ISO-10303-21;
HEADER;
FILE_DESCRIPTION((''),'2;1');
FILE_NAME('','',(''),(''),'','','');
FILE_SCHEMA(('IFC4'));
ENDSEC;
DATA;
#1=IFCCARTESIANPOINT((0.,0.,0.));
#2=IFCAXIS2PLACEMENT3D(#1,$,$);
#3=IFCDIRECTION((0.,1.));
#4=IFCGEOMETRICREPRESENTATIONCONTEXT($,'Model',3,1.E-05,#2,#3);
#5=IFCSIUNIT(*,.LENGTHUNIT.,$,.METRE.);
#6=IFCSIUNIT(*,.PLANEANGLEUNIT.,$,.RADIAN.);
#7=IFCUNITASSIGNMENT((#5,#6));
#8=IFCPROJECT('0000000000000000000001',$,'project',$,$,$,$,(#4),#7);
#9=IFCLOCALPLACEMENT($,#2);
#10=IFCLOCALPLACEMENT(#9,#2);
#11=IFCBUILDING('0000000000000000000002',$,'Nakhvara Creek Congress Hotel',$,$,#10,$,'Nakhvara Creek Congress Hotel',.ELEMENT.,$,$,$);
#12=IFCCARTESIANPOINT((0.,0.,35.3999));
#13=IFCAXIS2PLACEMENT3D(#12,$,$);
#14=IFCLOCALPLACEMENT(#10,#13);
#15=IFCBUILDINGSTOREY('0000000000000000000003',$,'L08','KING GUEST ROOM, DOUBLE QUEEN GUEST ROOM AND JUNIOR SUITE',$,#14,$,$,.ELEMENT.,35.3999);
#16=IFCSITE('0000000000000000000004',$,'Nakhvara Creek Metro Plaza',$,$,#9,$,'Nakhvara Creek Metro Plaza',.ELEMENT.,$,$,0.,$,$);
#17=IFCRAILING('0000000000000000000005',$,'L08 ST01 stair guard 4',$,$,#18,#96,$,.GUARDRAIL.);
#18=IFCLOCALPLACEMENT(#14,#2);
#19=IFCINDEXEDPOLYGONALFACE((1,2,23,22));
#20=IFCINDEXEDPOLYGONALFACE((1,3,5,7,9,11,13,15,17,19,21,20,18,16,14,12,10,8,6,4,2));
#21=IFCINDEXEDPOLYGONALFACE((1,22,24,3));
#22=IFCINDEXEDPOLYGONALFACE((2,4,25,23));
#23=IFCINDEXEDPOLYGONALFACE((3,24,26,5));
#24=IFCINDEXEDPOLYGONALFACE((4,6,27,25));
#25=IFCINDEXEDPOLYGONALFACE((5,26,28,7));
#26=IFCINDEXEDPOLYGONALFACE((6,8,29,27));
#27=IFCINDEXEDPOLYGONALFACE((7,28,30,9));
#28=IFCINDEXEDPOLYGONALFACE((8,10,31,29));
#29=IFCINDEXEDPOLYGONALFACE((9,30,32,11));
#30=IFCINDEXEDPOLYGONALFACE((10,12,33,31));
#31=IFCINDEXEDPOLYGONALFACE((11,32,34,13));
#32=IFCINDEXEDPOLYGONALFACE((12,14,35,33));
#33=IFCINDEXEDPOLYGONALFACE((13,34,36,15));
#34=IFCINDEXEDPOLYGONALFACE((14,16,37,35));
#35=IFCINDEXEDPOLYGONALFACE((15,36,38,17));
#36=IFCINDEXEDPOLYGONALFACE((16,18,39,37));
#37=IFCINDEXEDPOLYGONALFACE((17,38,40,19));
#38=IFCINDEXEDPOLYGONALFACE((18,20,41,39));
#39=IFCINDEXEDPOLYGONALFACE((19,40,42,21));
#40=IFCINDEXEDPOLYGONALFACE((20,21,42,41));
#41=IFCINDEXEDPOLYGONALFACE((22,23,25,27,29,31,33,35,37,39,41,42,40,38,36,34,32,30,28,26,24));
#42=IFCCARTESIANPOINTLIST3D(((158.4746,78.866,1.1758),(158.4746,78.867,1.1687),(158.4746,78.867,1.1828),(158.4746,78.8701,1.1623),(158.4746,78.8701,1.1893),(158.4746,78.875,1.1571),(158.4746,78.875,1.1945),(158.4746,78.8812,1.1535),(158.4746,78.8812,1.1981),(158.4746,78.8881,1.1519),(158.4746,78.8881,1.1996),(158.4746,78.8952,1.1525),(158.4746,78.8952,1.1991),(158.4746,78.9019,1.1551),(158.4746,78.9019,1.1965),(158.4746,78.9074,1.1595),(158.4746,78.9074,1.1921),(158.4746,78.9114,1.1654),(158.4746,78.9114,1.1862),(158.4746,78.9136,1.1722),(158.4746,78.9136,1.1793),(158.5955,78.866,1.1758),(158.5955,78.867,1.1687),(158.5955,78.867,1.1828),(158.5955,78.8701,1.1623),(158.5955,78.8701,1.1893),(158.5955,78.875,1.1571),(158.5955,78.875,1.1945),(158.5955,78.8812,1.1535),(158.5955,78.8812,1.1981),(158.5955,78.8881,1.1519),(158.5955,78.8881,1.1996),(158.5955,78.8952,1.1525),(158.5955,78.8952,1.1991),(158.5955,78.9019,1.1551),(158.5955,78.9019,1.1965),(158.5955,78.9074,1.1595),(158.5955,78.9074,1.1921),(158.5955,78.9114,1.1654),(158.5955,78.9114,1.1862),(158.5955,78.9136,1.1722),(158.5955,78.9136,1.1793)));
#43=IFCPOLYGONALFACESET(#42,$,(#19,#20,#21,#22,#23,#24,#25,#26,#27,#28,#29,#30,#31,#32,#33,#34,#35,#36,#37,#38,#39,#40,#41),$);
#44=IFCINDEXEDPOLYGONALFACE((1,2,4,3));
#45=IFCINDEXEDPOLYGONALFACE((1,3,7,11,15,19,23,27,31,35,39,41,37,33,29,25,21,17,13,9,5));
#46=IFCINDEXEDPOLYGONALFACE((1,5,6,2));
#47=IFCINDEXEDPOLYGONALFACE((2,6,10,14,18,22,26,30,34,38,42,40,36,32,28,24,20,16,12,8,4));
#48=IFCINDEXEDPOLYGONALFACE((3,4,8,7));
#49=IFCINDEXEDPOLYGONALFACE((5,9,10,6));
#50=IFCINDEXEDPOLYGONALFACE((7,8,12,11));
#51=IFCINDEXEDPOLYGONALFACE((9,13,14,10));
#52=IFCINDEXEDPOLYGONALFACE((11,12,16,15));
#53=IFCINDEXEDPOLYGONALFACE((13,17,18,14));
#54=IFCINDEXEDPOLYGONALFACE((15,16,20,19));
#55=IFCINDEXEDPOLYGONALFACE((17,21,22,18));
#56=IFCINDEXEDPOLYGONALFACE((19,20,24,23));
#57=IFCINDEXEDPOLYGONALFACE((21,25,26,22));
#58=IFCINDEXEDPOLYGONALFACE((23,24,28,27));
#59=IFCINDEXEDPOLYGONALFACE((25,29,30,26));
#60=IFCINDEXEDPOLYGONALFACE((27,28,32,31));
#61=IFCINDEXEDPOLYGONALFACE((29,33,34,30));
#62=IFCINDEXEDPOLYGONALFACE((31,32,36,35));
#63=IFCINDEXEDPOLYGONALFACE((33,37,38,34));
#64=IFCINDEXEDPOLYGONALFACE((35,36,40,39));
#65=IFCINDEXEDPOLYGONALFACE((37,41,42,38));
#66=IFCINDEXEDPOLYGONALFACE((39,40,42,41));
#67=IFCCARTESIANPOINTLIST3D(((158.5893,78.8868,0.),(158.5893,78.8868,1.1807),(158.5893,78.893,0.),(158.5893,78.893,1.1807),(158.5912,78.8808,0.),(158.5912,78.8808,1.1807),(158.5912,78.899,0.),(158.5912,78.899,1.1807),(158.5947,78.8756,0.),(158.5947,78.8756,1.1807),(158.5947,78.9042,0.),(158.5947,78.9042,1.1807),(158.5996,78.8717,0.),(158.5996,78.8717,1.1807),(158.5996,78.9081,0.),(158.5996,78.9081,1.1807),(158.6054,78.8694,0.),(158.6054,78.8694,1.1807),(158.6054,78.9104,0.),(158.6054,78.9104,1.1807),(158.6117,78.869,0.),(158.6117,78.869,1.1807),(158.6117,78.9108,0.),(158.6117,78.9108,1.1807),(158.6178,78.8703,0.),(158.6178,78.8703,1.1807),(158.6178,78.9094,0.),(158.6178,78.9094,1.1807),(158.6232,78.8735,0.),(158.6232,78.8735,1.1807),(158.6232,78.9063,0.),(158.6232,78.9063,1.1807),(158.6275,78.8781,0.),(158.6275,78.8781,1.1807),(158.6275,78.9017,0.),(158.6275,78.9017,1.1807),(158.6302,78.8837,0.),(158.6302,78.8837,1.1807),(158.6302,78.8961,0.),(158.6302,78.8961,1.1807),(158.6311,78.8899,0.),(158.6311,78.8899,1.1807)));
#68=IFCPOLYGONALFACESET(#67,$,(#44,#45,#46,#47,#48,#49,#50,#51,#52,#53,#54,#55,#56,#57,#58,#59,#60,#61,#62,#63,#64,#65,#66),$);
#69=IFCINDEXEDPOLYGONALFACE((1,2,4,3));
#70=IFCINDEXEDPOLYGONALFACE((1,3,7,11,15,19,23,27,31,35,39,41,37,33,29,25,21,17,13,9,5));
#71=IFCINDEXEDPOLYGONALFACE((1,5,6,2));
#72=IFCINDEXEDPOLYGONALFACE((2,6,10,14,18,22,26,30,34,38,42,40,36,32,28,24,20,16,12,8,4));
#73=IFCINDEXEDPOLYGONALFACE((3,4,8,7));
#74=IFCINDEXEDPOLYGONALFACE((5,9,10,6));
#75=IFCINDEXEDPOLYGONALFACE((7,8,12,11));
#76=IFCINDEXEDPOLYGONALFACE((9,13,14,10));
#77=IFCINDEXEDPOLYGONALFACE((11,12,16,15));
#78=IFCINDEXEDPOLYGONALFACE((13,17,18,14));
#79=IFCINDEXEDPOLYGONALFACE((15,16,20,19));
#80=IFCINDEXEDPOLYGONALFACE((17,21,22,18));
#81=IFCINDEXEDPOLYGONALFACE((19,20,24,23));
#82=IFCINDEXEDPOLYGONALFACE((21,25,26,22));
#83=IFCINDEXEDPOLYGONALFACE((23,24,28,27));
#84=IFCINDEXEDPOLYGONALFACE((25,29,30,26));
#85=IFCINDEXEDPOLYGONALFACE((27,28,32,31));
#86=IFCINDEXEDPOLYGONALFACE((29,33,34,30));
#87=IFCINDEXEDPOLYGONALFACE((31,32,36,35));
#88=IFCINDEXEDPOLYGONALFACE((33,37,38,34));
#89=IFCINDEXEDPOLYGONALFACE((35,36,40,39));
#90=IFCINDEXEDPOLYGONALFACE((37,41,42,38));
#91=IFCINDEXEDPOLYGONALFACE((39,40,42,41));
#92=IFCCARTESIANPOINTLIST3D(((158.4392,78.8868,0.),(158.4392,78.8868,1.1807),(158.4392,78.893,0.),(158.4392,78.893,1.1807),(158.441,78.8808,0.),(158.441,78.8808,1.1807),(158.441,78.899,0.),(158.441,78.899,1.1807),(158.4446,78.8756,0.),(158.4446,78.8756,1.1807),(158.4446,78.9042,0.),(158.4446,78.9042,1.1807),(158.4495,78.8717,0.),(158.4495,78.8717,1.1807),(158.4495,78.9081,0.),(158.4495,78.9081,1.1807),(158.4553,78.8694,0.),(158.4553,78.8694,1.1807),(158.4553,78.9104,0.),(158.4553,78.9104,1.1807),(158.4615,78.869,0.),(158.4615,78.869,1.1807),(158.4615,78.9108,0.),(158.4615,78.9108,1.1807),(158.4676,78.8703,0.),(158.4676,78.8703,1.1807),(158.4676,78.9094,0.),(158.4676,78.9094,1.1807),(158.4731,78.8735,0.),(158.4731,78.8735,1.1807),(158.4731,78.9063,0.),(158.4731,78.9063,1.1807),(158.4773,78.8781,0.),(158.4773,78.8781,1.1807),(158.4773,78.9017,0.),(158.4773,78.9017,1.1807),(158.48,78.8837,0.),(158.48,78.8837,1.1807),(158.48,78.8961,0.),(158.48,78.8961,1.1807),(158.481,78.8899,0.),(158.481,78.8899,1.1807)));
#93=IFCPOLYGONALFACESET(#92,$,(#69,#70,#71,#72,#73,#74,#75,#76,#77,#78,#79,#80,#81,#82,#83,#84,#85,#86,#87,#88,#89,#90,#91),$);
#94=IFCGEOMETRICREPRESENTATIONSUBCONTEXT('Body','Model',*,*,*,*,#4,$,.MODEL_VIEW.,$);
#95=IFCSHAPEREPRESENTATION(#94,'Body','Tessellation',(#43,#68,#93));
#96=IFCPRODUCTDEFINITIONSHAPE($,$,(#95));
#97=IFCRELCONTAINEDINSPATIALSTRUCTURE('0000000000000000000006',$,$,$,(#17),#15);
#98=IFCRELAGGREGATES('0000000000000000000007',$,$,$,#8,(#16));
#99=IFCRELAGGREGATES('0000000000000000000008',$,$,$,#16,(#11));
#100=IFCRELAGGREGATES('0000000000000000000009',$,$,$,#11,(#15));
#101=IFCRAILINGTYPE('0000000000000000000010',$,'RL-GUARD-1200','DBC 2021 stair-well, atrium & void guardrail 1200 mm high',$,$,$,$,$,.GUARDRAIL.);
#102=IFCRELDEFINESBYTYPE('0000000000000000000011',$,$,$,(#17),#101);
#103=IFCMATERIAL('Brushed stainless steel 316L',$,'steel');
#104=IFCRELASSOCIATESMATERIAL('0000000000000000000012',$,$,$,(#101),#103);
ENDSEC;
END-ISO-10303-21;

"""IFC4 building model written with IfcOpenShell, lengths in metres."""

from ifc_helpers import new_model, si_unit, direction, frame, origin, origin_2d, place, context, subcontext, project, spatial, circle, extrude, material, type_object, element, save


model = new_model("IFC4")

# Units and contexts
model_context = context("Model", 3, precision=1e-05, world=origin(), true_north=direction((0.0, 1.0)))
body_context = subcontext(model_context, "Body", "Model", "MODEL_VIEW")
ifc_project = project(units=[si_unit("LENGTHUNIT", "METRE"), si_unit("PLANEANGLEUNIT", "RADIAN")], contexts=[model_context])

# Site, building, storey
site_placement = place(None, origin())
site = spatial("IfcSite", under=ifc_project, at=site_placement, Name="Nakhvara Creek Metro Plaza", LongName="Nakhvara Creek Metro Plaza", CompositionType="ELEMENT", RefElevation=0.0)
building_placement = place(site_placement, origin())
building = spatial("IfcBuilding", under=site, at=building_placement, Name="Nakhvara Creek Congress Hotel", LongName="Nakhvara Creek Congress Hotel", CompositionType="ELEMENT")
storey_placement = place(building_placement, frame((0.0, 0.0, 35.3999)))
storey = spatial("IfcBuildingStorey", under=building, at=storey_placement, Name="L08", Description="KING GUEST ROOM, DOUBLE QUEEN GUEST ROOM AND JUNIOR SUITE", CompositionType="ELEMENT", Elevation=35.3999)

# Railing
ifc_material_1 = material(Name="Brushed stainless steel 316L", Category="steel")
railing_type_1 = type_object("IfcRailingType", Name="RL-GUARD-1200", Description="DBC 2021 stair-well, atrium & void guardrail 1200 mm high", PredefinedType="GUARDRAIL", material=ifc_material_1)
railing_1_placement = place(storey_placement, frame((158.6101, 78.8899, 0.0)))
element("IfcRailing", 1, at=railing_1_placement, inside=storey, type_object=railing_type_1, Name="L08 ST01 stair guard 4", PredefinedType="GUARDRAIL", context=body_context, shape_type="SweptSolid", body=[
    extrude(circle(Radius=0.0239, at=origin_2d()), frame((-0.0146, 0.0, 1.1758), z_axis=(-1.0, 0.0, 0.0), x_axis=(0.0, -1.0, 0.0)), (0.0, 0.0, 1.0), 0.1208),
    extrude(circle(Radius=0.021, at=origin_2d()), origin(), (0.0, 0.0, 1.0), 1.1807),
    extrude(circle(Radius=0.021, at=origin_2d()), frame((-0.1501, 0.0, 0.0)), (0.0, 0.0, 1.0), 1.1807),
])

save(model, "model.ifc")
